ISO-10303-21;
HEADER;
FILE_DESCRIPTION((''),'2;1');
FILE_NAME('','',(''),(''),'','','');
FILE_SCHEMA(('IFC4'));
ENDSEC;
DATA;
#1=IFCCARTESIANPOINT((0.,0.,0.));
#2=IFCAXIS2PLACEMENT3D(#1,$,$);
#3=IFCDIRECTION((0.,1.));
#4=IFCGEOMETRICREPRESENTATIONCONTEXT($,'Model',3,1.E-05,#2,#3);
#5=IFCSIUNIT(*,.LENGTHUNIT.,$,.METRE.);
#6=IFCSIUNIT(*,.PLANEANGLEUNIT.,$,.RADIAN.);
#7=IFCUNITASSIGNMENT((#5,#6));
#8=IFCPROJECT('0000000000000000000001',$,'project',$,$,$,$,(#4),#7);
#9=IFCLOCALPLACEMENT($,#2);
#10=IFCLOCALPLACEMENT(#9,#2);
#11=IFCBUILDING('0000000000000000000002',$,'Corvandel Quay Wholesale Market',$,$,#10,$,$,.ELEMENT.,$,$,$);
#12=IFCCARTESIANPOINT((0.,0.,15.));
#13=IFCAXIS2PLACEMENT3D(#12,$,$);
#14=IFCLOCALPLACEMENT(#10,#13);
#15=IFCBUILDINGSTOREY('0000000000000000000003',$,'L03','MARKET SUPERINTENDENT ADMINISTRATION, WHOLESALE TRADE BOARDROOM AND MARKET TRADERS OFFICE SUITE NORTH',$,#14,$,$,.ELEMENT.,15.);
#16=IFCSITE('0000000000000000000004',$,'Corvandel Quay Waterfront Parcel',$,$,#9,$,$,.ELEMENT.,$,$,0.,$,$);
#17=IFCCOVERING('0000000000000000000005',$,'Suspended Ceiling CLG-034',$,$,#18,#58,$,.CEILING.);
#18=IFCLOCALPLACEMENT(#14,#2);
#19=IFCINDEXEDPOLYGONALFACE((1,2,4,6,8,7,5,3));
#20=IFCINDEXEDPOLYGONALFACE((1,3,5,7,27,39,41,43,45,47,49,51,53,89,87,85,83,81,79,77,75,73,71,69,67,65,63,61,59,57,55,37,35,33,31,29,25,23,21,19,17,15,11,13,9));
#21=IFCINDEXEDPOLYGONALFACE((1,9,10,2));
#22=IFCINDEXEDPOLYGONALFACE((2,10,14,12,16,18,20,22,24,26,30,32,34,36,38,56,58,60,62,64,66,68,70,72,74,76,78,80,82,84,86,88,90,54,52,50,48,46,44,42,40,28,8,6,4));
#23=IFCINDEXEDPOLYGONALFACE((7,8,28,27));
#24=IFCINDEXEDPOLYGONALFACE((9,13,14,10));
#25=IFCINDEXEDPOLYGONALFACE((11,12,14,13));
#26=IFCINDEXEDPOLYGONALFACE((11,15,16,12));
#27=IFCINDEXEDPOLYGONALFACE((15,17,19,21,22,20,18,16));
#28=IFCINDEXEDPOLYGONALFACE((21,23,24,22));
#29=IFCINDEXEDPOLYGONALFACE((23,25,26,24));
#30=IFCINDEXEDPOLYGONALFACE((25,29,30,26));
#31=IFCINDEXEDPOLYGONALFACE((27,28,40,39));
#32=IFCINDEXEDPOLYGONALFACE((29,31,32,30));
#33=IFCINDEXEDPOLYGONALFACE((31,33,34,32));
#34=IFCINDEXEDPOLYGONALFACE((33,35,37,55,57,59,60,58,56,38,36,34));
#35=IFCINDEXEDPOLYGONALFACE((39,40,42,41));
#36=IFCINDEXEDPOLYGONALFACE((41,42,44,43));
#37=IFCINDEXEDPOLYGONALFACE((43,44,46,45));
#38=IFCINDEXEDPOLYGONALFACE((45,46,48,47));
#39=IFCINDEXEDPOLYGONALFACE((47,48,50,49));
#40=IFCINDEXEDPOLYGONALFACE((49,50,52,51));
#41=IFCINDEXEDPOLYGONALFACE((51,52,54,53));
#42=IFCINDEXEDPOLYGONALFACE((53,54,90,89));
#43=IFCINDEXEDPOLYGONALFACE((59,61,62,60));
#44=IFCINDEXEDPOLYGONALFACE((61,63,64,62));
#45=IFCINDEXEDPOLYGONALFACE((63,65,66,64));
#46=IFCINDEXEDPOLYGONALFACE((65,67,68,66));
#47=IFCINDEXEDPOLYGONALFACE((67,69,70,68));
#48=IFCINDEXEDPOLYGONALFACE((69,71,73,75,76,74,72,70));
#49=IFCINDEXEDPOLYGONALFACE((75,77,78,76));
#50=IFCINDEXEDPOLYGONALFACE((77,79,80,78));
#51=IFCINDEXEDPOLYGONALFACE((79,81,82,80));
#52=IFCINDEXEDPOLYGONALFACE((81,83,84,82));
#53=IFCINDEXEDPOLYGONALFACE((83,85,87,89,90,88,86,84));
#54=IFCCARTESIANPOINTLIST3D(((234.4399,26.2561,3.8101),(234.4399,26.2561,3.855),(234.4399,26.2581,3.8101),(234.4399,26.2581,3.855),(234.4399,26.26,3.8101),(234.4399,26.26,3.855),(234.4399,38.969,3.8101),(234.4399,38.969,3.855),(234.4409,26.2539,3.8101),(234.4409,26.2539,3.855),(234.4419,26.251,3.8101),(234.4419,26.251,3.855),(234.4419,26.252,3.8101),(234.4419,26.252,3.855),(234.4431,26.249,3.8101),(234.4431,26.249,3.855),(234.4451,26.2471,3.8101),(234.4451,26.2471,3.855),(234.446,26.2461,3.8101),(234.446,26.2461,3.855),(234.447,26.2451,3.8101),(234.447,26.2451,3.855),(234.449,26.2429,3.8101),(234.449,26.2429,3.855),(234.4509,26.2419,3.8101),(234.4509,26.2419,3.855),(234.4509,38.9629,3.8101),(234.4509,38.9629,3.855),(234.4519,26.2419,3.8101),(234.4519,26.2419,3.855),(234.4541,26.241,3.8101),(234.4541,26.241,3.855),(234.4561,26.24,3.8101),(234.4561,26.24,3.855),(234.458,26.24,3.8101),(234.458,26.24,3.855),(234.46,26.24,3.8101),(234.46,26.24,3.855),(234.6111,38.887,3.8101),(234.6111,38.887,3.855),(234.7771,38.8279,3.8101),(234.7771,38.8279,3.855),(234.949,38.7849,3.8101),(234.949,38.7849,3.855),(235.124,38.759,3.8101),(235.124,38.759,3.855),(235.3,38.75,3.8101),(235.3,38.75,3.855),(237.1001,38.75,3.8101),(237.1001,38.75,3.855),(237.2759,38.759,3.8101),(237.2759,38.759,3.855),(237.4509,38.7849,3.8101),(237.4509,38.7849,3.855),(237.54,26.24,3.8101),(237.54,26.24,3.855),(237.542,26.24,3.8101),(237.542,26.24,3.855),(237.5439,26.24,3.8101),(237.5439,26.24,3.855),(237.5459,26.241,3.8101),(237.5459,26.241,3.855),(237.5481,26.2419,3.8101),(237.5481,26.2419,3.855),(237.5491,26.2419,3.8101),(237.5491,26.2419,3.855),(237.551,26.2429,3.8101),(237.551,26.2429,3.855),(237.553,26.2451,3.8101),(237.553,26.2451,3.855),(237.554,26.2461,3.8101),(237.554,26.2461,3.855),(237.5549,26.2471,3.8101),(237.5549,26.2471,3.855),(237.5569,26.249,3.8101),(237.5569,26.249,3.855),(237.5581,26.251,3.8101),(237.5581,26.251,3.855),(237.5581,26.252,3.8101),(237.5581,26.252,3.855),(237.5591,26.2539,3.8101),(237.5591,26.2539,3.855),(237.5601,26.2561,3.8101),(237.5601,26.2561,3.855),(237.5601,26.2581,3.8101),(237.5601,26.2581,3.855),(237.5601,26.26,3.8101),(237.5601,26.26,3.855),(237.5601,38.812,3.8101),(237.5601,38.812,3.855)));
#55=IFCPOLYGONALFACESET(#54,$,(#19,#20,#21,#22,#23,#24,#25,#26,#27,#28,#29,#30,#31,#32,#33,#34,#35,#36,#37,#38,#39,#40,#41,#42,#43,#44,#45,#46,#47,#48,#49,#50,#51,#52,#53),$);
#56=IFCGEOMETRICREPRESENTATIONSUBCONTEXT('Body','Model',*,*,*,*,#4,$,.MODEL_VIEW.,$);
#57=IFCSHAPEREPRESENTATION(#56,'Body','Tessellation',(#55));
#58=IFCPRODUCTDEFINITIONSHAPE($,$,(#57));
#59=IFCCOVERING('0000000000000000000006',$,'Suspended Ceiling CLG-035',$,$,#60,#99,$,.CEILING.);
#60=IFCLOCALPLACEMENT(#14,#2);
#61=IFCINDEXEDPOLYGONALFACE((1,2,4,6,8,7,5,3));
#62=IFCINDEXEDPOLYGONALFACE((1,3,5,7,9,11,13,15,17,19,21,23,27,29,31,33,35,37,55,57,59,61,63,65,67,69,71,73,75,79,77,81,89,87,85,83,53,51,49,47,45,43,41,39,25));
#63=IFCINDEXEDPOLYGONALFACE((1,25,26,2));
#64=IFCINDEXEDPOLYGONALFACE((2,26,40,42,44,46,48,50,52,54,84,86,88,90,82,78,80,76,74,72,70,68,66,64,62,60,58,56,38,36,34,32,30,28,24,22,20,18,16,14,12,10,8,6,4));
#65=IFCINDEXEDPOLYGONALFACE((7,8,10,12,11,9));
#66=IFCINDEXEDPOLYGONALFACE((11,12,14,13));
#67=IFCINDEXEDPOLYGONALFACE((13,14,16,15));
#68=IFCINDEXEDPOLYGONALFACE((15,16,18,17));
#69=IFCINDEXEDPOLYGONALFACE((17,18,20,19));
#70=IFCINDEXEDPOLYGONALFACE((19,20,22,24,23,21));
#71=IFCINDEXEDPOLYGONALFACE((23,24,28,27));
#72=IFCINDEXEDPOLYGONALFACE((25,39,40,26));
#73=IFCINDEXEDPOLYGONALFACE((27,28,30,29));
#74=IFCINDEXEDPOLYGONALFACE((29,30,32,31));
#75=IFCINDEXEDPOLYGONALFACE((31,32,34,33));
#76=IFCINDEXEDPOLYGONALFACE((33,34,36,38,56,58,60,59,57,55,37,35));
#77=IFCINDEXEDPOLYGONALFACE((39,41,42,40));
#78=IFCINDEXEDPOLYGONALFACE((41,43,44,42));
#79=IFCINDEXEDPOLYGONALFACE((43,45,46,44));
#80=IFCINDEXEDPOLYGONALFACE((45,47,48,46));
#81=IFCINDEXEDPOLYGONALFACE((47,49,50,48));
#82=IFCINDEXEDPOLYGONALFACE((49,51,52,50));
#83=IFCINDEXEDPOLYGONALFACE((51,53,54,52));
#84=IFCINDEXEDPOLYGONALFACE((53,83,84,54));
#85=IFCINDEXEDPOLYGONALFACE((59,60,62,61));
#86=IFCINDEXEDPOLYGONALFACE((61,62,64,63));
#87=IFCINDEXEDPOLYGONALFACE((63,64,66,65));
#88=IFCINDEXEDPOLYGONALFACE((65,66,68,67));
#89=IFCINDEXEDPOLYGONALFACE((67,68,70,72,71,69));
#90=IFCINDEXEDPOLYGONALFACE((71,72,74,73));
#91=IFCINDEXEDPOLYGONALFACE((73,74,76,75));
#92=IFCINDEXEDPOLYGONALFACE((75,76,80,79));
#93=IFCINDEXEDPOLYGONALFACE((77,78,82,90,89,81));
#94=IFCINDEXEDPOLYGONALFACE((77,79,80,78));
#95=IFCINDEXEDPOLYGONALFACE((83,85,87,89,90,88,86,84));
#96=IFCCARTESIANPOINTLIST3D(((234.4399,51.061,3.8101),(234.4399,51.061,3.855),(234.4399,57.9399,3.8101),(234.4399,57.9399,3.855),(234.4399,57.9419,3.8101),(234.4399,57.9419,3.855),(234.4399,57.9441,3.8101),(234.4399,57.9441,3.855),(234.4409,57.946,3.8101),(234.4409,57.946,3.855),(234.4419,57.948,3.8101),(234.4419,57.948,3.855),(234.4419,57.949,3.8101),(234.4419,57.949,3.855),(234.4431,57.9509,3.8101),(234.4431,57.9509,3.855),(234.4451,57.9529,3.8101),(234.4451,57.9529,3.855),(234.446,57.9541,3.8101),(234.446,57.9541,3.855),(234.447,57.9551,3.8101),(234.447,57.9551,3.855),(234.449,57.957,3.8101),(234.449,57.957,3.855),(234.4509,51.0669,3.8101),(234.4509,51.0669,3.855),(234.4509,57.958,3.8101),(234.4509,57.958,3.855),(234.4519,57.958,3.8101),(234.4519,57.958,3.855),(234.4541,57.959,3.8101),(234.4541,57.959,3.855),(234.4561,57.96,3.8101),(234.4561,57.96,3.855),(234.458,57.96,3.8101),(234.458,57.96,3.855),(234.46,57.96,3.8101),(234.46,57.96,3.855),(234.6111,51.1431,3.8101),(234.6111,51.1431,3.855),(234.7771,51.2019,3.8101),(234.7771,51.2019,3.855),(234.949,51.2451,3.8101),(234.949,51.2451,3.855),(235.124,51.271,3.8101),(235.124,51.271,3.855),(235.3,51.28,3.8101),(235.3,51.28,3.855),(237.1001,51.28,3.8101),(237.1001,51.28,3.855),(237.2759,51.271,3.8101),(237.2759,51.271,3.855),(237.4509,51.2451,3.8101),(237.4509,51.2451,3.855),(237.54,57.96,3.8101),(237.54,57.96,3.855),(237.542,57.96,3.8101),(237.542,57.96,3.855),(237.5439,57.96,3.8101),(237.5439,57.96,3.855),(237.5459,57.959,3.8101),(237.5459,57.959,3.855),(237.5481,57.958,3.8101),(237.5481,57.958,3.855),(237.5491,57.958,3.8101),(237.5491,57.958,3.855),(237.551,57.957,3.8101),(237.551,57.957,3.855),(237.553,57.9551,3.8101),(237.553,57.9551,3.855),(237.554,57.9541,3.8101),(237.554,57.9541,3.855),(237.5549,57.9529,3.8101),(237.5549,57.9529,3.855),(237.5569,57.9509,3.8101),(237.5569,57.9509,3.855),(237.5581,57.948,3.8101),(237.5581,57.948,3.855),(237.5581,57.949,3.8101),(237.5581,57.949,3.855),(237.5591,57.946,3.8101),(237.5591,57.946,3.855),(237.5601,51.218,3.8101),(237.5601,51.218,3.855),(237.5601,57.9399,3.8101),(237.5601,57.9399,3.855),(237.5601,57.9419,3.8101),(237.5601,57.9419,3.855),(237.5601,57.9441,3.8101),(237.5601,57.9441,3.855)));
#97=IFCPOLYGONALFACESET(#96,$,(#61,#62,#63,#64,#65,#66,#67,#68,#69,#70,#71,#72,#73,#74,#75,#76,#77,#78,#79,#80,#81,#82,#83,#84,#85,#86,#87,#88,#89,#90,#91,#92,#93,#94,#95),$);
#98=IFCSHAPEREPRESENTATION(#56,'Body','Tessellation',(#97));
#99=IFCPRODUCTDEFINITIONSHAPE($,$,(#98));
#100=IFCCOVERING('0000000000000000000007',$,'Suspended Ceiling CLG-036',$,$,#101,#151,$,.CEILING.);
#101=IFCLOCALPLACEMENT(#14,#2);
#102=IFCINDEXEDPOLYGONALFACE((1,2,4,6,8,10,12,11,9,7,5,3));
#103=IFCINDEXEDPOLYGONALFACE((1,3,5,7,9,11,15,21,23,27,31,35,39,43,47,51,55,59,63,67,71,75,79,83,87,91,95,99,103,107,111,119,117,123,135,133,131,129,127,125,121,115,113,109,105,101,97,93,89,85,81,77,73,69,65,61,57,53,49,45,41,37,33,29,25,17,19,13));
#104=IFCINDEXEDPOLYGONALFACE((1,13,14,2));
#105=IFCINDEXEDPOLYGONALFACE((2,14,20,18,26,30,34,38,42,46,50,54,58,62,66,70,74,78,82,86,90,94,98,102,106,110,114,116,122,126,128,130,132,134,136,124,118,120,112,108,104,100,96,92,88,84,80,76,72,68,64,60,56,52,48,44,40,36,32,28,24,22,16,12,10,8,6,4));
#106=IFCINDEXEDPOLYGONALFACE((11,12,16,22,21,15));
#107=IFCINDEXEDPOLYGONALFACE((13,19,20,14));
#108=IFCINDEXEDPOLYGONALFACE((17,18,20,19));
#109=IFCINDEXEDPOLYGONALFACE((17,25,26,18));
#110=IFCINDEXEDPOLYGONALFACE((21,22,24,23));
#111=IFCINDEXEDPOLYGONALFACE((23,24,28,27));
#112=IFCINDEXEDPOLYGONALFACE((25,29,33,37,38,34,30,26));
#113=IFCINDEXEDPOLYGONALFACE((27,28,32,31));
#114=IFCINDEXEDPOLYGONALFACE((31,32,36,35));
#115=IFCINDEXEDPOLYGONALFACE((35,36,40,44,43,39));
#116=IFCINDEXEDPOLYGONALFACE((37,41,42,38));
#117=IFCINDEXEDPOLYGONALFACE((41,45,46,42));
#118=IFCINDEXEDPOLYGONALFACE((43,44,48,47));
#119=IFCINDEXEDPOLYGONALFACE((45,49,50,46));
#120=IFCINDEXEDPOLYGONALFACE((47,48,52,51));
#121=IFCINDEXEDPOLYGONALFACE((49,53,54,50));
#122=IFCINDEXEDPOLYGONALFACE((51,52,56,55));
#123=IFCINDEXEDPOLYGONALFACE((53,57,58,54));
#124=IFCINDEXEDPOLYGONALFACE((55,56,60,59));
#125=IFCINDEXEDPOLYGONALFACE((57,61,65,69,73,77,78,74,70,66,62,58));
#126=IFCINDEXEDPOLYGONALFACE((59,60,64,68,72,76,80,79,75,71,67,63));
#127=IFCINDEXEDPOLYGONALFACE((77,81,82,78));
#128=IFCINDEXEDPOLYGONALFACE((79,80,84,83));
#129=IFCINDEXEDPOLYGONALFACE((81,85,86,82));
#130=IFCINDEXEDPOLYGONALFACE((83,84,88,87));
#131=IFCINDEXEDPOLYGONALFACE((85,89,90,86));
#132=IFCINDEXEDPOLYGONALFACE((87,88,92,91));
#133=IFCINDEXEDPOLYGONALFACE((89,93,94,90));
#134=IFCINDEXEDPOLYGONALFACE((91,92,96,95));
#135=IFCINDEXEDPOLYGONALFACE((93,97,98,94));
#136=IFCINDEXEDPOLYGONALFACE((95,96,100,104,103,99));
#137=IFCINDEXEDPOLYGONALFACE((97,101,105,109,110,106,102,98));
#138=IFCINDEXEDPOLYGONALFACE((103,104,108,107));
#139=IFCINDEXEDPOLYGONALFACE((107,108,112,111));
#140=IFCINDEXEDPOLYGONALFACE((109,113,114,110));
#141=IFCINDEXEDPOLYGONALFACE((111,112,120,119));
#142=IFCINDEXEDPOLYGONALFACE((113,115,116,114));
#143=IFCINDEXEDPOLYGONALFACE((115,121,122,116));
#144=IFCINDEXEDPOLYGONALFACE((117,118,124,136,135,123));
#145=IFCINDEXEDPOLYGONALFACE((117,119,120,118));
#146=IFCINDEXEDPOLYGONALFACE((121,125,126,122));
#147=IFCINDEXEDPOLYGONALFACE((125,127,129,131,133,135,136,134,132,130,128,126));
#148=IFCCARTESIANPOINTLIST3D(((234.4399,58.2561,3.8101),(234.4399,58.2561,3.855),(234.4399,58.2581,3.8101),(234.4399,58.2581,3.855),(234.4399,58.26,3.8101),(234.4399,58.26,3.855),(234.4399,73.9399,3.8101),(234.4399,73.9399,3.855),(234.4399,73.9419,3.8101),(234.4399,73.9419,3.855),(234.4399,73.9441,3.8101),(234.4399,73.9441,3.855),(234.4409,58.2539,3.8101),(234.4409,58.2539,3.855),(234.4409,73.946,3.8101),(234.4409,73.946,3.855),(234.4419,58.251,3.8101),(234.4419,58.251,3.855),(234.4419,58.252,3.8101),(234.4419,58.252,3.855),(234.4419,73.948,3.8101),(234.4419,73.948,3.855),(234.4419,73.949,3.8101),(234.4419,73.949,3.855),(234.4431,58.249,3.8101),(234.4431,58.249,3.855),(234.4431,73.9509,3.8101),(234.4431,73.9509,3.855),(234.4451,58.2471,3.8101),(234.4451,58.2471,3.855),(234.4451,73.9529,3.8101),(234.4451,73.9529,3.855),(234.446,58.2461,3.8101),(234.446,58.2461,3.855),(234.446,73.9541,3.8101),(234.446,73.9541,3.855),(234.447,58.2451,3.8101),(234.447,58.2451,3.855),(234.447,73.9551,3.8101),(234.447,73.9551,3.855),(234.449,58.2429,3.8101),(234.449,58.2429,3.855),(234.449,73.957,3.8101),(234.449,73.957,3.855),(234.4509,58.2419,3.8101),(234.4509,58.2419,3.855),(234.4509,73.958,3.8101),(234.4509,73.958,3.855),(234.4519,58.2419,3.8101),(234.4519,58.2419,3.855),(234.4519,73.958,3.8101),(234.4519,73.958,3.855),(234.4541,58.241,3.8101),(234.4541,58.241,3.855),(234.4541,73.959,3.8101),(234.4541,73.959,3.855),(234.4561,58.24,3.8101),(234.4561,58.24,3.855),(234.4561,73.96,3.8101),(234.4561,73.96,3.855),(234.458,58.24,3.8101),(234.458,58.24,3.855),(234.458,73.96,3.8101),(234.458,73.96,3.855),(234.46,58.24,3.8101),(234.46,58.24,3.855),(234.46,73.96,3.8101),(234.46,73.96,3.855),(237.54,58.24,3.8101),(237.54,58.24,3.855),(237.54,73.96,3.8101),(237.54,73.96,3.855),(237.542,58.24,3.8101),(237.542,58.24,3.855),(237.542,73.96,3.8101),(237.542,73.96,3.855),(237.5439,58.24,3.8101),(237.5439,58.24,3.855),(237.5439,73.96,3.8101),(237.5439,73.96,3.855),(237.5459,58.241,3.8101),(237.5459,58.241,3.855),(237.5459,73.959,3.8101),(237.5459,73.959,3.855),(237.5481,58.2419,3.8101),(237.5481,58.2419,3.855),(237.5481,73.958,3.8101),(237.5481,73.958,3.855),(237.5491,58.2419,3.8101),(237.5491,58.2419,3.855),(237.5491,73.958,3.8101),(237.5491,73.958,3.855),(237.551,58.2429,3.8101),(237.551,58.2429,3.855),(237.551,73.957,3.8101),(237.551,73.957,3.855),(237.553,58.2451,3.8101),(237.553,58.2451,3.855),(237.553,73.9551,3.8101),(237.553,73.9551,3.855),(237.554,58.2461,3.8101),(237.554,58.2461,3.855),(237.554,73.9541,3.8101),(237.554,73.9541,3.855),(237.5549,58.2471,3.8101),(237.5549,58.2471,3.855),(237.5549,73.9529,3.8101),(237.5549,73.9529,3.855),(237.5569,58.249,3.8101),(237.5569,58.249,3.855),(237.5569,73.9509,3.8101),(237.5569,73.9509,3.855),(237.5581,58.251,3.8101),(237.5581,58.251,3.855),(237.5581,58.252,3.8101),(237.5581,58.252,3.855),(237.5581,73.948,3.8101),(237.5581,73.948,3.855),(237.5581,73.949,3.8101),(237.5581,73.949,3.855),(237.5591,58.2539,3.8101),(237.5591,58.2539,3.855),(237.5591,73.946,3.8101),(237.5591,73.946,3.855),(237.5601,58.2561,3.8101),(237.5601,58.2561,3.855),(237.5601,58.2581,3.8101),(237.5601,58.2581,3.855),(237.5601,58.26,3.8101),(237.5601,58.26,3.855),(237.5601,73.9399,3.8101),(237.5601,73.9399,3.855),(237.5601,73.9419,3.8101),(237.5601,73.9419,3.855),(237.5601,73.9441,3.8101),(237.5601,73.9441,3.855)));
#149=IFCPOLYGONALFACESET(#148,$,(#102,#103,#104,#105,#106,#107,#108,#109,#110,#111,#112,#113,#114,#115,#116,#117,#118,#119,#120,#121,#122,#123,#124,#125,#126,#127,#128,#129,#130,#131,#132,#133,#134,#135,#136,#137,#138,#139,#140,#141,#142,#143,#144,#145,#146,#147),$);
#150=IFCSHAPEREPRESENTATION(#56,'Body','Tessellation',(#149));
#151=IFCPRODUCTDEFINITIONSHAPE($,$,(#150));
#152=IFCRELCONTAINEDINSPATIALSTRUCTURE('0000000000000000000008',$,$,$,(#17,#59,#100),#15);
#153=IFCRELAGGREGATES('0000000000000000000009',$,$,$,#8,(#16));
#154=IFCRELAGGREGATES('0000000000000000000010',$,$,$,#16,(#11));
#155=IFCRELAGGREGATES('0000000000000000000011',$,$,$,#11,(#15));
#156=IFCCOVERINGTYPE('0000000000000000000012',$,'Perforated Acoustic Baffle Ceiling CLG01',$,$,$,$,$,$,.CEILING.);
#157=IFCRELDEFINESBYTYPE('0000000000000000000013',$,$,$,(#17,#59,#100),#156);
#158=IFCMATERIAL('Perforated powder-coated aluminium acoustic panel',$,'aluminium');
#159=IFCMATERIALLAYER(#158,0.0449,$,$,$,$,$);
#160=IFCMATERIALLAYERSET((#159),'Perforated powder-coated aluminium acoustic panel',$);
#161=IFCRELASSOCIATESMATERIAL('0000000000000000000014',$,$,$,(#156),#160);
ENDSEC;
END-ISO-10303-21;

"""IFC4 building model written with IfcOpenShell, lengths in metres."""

from ifc_helpers import new_model, si_unit, direction, frame, origin, place, context, subcontext, project, spatial, polyline, outline, extrude, material, layer, layer_set, type_object, element, save


model = new_model("IFC4")

# Units and contexts
model_context = context("Model", 3, precision=1e-05, world=origin(), true_north=direction((0.0, 1.0)))
body_context = subcontext(model_context, "Body", "Model", "MODEL_VIEW")
ifc_project = project(units=[si_unit("LENGTHUNIT", "METRE"), si_unit("PLANEANGLEUNIT", "RADIAN")], contexts=[model_context])

# Site, building, storey
site_placement = place(None, origin())
site = spatial("IfcSite", under=ifc_project, at=site_placement, Name="Corvandel Quay Waterfront Parcel", CompositionType="ELEMENT", RefElevation=0.0)
building_placement = place(site_placement, origin())
building = spatial("IfcBuilding", under=site, at=building_placement, Name="Corvandel Quay Wholesale Market", CompositionType="ELEMENT")
storey_placement = place(building_placement, frame((0.0, 0.0, 15.0)))
storey = spatial("IfcBuildingStorey", under=building, at=storey_placement, Name="L03", Description="MARKET SUPERINTENDENT ADMINISTRATION, WHOLESALE TRADE BOARDROOM AND MARKET TRADERS OFFICE SUITE NORTH", CompositionType="ELEMENT", Elevation=15.0)

# Coverings
ifc_material_1 = material(Name="Perforated powder-coated aluminium acoustic panel", Category="aluminium")
ifc_layer_1 = layer(ifc_material_1, 0.0449)
ifc_layer_set_1 = layer_set([ifc_layer_1], Name="Perforated powder-coated aluminium acoustic panel")
covering_type_1 = type_object("IfcCoveringType", Name="Perforated Acoustic Baffle Ceiling CLG01", PredefinedType="CEILING", material=ifc_layer_set_1)
covering_1_placement = place(storey_placement, frame((0.0, 0.0, 3.8101)))
element("IfcCovering", 1, at=covering_1_placement, inside=storey, type_object=covering_type_1, Name="Suspended Ceiling CLG-034", PredefinedType="CEILING", context=body_context, shape_type="SweptSolid", body=[
    extrude(outline(polyline([(234.458, 26.24), (234.4561, 26.24), (234.4541, 26.241), (234.4519, 26.2419), (234.4509, 26.2419), (234.449, 26.2429), (234.447, 26.2451), (234.446, 26.2461), (234.4451, 26.2471), (234.4431, 26.249), (234.4419, 26.251), (234.4419, 26.252), (234.4409, 26.2539), (234.4399, 26.2561), (234.4399, 26.2581), (234.4399, 26.26), (234.4399, 38.969), (234.4509, 38.9629), (234.6111, 38.887), (234.7771, 38.8279), (234.949, 38.7849), (235.124, 38.759), (235.3, 38.75), (237.1001, 38.75), (237.2759, 38.759), (237.4509, 38.7849), (237.5601, 38.812), (237.5601, 26.26), (237.5601, 26.2581), (237.5601, 26.2561), (237.5591, 26.2539), (237.5581, 26.252), (237.5581, 26.251), (237.5569, 26.249), (237.5549, 26.2471), (237.554, 26.2461), (237.553, 26.2451), (237.551, 26.2429), (237.5491, 26.2419), (237.5481, 26.2419), (237.5459, 26.241), (237.5439, 26.24), (237.542, 26.24), (237.54, 26.24), (234.46, 26.24), (234.458, 26.24)])), origin(), (0.0, 0.0, 1.0), 0.0449),
])
covering_2_placement = place(storey_placement, frame((0.0, 0.0, 3.8101)))
element("IfcCovering", 2, at=covering_2_placement, inside=storey, type_object=covering_type_1, Name="Suspended Ceiling CLG-035", PredefinedType="CEILING", context=body_context, shape_type="SweptSolid", body=[
    extrude(outline(polyline([(234.4399, 57.9399), (234.4399, 57.9419), (234.4399, 57.9441), (234.4409, 57.946), (234.4419, 57.948), (234.4419, 57.949), (234.4431, 57.9509), (234.4451, 57.9529), (234.446, 57.9541), (234.447, 57.9551), (234.449, 57.957), (234.4509, 57.958), (234.4519, 57.958), (234.4541, 57.959), (234.4561, 57.96), (234.458, 57.96), (234.46, 57.96), (237.54, 57.96), (237.542, 57.96), (237.5439, 57.96), (237.5459, 57.959), (237.5481, 57.958), (237.5491, 57.958), (237.551, 57.957), (237.553, 57.9551), (237.554, 57.9541), (237.5549, 57.9529), (237.5569, 57.9509), (237.5581, 57.949), (237.5581, 57.948), (237.5591, 57.946), (237.5601, 57.9441), (237.5601, 57.9419), (237.5601, 57.9399), (237.5601, 51.218), (237.4509, 51.2451), (237.2759, 51.271), (237.1001, 51.28), (235.3, 51.28), (235.124, 51.271), (234.949, 51.2451), (234.7771, 51.2019), (234.6111, 51.1431), (234.4509, 51.0669), (234.4399, 51.061), (234.4399, 57.9399)])), origin(), (0.0, 0.0, 1.0), 0.0449),
])
covering_3_placement = place(storey_placement, frame((0.0, 0.0, 3.8101)))
element("IfcCovering", 3, at=covering_3_placement, inside=storey, type_object=covering_type_1, Name="Suspended Ceiling CLG-036", PredefinedType="CEILING", context=body_context, shape_type="SweptSolid", body=[
    extrude(outline(polyline([(234.458, 58.24), (234.4561, 58.24), (234.4541, 58.241), (234.4519, 58.2419), (234.4509, 58.2419), (234.449, 58.2429), (234.447, 58.2451), (234.446, 58.2461), (234.4451, 58.2471), (234.4431, 58.249), (234.4419, 58.251), (234.4419, 58.252), (234.4409, 58.2539), (234.4399, 58.2561), (234.4399, 58.2581), (234.4399, 58.26), (234.4399, 73.9399), (234.4399, 73.9419), (234.4399, 73.9441), (234.4409, 73.946), (234.4419, 73.948), (234.4419, 73.949), (234.4431, 73.9509), (234.4451, 73.9529), (234.446, 73.9541), (234.447, 73.9551), (234.449, 73.957), (234.4509, 73.958), (234.4519, 73.958), (234.4541, 73.959), (234.4561, 73.96), (234.458, 73.96), (234.46, 73.96), (237.54, 73.96), (237.542, 73.96), (237.5439, 73.96), (237.5459, 73.959), (237.5481, 73.958), (237.5491, 73.958), (237.551, 73.957), (237.553, 73.9551), (237.554, 73.9541), (237.5549, 73.9529), (237.5569, 73.9509), (237.5581, 73.949), (237.5581, 73.948), (237.5591, 73.946), (237.5601, 73.9441), (237.5601, 73.9419), (237.5601, 73.9399), (237.5601, 58.26), (237.5601, 58.2581), (237.5601, 58.2561), (237.5591, 58.2539), (237.5581, 58.252), (237.5581, 58.251), (237.5569, 58.249), (237.5549, 58.2471), (237.554, 58.2461), (237.553, 58.2451), (237.551, 58.2429), (237.5491, 58.2419), (237.5481, 58.2419), (237.5459, 58.241), (237.5439, 58.24), (237.542, 58.24), (237.54, 58.24), (234.46, 58.24), (234.458, 58.24)])), origin(), (0.0, 0.0, 1.0), 0.0449),
])

save(model, "model.ifc")
